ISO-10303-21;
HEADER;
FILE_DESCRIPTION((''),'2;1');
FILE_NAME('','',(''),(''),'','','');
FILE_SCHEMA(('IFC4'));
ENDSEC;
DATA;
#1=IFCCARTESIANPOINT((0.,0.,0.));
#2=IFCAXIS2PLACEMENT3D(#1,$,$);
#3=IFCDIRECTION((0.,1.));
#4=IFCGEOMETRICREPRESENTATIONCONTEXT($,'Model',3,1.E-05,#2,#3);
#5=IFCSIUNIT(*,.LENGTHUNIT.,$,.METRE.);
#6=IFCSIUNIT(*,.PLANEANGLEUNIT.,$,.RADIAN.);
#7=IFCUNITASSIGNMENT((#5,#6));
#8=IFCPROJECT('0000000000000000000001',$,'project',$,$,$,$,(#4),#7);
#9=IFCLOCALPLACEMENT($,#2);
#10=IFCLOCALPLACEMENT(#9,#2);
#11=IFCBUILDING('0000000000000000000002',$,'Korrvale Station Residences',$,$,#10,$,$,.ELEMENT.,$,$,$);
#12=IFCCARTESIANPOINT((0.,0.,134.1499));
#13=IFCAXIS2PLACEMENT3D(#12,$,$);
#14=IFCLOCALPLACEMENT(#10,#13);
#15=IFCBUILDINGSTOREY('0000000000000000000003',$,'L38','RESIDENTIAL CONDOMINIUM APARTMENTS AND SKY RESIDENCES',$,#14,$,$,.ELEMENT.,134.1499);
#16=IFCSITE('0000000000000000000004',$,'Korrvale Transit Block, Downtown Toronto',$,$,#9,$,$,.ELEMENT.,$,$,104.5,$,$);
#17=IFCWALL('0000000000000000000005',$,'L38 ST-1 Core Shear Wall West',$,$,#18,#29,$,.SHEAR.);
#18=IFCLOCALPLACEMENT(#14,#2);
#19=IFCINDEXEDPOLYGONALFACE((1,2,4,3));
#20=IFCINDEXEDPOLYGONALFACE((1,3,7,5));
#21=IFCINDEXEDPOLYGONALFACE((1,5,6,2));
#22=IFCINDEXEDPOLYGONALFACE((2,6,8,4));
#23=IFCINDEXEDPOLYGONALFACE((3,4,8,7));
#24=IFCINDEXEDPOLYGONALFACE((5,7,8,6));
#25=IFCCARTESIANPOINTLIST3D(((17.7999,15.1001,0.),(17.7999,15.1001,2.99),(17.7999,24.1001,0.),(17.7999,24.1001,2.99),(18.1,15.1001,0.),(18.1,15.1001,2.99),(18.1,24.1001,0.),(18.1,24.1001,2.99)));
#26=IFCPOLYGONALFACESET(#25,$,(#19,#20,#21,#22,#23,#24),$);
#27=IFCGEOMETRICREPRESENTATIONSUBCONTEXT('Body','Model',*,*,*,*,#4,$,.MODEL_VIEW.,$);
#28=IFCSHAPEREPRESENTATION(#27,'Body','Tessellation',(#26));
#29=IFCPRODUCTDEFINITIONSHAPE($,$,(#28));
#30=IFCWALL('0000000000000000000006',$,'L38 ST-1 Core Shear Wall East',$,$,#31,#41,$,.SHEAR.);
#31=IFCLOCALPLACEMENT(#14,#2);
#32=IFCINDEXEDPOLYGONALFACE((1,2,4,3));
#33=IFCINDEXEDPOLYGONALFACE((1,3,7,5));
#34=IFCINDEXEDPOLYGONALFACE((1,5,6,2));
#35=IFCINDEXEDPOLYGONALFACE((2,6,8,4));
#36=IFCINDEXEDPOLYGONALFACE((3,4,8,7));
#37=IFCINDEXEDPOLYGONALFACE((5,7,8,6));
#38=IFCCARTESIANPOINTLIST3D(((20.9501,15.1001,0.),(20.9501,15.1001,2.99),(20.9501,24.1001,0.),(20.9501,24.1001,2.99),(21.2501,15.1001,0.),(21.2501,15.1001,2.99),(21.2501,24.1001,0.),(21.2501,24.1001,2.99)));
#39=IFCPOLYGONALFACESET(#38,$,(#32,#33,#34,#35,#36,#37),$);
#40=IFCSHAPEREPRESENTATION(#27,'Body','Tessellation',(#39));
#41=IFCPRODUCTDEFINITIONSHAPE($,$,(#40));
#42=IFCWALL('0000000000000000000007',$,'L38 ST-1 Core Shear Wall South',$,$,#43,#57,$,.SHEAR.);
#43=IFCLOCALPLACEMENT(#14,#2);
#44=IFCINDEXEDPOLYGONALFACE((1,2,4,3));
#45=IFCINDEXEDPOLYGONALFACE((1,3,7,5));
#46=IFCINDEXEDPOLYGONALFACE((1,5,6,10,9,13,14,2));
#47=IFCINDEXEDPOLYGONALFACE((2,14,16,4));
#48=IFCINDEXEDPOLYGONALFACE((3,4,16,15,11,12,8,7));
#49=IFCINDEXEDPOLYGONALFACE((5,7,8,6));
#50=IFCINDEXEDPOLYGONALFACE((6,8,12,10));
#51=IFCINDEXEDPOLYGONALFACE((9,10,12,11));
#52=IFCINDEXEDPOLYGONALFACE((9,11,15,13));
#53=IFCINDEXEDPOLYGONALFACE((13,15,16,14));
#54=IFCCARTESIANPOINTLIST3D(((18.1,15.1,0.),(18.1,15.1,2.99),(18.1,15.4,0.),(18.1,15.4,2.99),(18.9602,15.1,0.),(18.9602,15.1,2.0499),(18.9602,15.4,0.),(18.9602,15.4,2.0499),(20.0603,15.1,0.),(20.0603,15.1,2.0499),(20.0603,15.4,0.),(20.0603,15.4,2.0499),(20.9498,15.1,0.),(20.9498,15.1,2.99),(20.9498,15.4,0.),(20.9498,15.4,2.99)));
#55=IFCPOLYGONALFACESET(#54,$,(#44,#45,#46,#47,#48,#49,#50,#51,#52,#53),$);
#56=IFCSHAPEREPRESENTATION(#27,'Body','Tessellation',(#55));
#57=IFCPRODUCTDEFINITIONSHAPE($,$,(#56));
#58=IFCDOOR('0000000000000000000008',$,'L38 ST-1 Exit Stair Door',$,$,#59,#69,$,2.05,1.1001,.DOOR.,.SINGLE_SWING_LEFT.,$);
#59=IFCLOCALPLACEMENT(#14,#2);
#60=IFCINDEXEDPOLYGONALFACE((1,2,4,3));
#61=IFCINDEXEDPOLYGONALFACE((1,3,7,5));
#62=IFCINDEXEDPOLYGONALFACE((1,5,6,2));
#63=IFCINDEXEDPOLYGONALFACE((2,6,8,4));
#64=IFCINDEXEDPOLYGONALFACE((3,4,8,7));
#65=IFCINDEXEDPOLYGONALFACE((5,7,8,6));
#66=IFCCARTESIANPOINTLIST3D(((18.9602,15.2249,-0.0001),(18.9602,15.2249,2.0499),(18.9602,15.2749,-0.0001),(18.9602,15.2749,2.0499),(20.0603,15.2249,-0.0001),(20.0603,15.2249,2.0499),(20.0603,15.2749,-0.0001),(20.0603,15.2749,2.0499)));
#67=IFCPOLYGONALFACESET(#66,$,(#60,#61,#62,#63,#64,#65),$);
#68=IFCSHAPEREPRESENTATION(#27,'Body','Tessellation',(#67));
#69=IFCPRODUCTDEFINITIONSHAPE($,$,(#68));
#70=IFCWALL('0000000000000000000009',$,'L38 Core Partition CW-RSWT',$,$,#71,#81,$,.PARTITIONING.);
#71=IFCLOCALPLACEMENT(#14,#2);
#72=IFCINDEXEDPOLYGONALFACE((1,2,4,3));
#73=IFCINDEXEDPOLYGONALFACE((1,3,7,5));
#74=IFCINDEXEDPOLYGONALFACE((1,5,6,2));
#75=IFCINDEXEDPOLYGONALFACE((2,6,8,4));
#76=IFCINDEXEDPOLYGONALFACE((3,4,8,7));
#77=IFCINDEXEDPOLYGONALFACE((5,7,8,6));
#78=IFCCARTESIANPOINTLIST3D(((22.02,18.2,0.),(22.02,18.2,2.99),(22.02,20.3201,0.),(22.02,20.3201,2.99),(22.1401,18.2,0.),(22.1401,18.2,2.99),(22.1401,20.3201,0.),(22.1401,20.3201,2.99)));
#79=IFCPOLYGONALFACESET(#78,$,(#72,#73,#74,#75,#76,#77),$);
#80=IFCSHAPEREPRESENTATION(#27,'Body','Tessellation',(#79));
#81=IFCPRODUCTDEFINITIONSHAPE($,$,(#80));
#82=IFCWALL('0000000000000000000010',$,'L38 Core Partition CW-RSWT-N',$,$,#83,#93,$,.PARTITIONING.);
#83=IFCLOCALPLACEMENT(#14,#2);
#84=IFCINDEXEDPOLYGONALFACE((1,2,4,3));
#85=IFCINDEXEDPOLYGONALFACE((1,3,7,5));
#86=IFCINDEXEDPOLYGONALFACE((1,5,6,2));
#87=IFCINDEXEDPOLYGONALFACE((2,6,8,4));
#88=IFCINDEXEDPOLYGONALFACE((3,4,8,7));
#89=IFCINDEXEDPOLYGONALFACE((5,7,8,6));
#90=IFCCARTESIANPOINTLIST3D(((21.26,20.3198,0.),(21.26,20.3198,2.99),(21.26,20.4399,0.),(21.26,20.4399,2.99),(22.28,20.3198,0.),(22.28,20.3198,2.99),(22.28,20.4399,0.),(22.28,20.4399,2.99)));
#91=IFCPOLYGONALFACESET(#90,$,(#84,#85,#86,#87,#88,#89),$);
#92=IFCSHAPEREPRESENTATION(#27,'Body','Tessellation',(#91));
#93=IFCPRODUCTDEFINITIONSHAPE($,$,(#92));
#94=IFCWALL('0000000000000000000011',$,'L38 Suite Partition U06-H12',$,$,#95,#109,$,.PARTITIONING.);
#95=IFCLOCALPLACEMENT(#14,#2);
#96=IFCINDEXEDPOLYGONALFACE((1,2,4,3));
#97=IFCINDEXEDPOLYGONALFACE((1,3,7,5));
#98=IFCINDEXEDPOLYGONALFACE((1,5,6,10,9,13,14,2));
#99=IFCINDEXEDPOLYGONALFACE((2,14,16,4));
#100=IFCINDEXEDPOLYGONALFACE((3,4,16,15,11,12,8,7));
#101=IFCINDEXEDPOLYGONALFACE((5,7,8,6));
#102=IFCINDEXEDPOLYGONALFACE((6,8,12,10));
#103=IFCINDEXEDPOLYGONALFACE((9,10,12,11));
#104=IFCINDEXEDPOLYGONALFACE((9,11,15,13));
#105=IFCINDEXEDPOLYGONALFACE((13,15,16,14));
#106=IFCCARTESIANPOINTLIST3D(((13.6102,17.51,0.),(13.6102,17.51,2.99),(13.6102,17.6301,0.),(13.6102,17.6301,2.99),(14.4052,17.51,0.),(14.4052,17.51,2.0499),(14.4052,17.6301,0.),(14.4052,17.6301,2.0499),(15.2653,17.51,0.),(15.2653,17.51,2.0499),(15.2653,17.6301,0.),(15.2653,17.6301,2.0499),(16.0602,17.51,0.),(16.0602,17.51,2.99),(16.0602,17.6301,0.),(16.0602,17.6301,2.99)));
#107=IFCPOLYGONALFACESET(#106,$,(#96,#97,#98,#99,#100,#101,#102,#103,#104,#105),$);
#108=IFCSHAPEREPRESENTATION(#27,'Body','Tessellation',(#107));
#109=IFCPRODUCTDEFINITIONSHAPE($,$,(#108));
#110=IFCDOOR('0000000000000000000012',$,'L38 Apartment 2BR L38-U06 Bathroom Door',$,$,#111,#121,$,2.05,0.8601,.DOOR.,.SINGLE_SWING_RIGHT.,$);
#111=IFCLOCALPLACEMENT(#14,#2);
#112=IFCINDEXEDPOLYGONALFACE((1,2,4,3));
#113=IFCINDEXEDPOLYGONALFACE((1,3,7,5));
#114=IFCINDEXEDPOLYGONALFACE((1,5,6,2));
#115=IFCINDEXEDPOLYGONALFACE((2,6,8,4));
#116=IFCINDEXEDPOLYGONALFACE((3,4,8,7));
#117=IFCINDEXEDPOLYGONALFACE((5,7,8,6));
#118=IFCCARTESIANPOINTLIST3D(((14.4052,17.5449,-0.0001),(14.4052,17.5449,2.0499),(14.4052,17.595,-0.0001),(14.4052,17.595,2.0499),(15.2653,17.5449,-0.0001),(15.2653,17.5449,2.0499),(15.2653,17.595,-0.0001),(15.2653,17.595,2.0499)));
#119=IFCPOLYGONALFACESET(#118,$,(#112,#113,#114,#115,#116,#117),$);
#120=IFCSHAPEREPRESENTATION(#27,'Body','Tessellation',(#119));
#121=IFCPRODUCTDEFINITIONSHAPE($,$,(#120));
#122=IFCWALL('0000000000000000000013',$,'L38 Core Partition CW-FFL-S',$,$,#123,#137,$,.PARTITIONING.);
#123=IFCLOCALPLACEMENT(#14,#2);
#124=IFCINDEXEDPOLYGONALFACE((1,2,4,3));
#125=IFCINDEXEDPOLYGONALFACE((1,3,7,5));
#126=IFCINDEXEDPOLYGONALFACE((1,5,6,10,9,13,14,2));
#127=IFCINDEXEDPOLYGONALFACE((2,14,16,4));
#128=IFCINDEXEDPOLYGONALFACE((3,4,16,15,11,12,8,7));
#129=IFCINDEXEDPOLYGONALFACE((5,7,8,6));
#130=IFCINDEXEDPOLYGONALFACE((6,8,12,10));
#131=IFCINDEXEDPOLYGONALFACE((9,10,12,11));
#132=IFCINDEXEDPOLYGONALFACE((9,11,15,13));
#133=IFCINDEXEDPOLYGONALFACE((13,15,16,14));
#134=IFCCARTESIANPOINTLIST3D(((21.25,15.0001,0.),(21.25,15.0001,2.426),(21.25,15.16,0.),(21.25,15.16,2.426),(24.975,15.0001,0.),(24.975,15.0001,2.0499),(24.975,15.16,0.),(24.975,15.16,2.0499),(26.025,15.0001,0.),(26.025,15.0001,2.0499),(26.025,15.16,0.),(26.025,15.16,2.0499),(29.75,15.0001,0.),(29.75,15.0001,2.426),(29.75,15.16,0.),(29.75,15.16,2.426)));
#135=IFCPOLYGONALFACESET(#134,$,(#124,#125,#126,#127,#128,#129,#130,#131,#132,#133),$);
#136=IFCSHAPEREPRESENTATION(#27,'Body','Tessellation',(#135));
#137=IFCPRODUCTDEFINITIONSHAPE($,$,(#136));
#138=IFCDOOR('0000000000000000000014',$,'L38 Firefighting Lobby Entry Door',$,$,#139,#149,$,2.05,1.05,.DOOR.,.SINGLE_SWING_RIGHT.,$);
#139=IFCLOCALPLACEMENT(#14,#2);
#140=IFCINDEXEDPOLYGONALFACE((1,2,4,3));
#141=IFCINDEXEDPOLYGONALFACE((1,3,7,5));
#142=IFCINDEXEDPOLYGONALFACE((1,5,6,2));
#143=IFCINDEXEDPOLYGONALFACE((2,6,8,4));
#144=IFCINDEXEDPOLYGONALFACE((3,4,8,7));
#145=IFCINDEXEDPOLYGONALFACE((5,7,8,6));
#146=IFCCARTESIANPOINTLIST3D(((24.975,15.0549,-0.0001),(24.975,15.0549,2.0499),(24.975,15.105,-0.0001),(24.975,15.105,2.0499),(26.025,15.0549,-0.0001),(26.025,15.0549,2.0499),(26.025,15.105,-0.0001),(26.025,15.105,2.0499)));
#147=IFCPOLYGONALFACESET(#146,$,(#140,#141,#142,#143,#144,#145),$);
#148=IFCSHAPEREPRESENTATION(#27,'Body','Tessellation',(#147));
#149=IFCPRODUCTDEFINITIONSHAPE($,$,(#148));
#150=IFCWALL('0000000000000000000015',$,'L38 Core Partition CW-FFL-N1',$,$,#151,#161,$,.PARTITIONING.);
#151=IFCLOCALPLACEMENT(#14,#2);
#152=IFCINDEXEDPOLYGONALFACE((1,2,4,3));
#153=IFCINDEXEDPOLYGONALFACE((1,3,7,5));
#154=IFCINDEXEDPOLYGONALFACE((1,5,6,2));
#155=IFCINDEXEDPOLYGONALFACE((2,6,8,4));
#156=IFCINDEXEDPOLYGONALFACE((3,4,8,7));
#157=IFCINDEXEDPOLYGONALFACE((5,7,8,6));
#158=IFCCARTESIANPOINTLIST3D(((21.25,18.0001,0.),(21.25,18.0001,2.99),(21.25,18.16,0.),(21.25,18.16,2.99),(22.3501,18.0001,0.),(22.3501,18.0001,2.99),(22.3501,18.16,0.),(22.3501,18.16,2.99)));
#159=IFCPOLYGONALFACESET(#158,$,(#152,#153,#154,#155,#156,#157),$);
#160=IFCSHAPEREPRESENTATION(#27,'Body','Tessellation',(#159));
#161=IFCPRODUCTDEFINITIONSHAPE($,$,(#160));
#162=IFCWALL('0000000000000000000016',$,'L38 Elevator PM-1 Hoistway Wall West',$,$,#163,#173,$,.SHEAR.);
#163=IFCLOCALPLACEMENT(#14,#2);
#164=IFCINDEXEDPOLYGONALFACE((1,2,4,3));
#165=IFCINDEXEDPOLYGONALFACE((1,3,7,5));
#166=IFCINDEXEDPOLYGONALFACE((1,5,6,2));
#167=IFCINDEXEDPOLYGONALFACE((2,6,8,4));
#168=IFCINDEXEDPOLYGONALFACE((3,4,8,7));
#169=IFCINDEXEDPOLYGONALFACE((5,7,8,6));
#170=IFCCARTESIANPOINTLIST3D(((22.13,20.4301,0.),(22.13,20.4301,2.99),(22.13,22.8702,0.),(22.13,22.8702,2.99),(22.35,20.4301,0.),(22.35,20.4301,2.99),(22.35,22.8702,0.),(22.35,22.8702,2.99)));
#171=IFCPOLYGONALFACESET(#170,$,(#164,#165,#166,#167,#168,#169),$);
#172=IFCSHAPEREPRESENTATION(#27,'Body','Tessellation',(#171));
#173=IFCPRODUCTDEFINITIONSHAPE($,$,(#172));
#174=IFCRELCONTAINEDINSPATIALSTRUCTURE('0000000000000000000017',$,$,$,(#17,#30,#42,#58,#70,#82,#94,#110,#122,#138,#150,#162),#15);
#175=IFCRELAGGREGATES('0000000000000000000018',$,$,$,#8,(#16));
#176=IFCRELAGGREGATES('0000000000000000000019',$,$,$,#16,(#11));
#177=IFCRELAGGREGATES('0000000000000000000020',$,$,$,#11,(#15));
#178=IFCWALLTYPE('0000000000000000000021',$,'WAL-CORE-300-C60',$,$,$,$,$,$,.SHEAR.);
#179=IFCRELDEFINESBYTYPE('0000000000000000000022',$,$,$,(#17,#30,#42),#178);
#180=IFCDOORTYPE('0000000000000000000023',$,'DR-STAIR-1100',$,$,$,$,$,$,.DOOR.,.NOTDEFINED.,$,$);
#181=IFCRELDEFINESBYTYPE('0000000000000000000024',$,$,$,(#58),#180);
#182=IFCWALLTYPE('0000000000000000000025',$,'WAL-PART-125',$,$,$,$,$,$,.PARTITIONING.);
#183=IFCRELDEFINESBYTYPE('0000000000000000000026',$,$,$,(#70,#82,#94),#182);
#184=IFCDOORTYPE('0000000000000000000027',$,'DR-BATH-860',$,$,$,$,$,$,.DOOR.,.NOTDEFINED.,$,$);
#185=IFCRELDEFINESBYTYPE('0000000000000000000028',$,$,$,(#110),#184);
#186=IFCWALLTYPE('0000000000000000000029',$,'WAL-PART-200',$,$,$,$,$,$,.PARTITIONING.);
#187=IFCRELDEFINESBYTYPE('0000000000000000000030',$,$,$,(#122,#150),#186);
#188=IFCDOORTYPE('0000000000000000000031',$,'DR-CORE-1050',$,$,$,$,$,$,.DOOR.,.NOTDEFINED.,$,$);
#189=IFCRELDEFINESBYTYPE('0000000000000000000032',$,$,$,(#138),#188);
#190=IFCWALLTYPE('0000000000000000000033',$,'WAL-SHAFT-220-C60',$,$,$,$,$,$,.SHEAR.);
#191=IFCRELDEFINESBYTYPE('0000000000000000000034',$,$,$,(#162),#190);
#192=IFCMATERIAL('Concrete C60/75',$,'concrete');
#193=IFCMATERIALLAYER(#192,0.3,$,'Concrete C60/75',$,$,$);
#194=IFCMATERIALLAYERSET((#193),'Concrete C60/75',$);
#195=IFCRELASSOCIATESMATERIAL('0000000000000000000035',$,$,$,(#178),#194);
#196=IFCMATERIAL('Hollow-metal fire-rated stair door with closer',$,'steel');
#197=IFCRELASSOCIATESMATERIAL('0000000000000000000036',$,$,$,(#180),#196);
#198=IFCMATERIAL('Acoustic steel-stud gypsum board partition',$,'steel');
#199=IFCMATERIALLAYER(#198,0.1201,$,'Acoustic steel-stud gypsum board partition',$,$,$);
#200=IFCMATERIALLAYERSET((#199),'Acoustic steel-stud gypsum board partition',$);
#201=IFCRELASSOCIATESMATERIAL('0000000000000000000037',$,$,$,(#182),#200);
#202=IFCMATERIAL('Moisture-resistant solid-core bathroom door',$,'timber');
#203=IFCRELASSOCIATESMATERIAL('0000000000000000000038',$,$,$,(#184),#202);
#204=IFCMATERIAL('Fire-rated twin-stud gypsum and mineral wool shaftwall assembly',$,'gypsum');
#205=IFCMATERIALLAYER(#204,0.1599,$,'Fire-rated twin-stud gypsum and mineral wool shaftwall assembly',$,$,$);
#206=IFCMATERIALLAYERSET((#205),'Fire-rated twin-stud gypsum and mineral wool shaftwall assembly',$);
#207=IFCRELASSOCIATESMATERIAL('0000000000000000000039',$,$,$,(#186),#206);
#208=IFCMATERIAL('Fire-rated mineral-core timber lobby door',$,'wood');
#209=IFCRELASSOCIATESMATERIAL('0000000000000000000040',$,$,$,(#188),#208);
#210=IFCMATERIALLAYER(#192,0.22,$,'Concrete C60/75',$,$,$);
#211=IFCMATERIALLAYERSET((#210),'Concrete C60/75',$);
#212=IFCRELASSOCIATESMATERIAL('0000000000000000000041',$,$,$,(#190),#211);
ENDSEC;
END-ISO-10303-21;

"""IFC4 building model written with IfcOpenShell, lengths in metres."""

from ifc_helpers import new_model, si_unit, direction, frame, frame_2d, origin, place, context, subcontext, project, spatial, rectangle, extrude, material, layer, layer_set, type_object, element, fill, save


model = new_model("IFC4")

# Units and contexts
model_context = context("Model", 3, precision=1e-05, world=origin(), true_north=direction((0.0, 1.0)))
body_context = subcontext(model_context, "Body", "Model", "MODEL_VIEW")
ifc_project = project(units=[si_unit("LENGTHUNIT", "METRE"), si_unit("PLANEANGLEUNIT", "RADIAN")], contexts=[model_context])

# Site, building, storey
site_placement = place(None, origin())
site = spatial("IfcSite", under=ifc_project, at=site_placement, Name="Korrvale Transit Block, Downtown Toronto", CompositionType="ELEMENT", RefElevation=104.5)
building_placement = place(site_placement, origin())
building = spatial("IfcBuilding", under=site, at=building_placement, Name="Korrvale Station Residences", CompositionType="ELEMENT")
storey_placement = place(building_placement, frame((0.0, 0.0, 134.1499)))
storey = spatial("IfcBuildingStorey", under=building, at=storey_placement, Name="L38", Description="RESIDENTIAL CONDOMINIUM APARTMENTS AND SKY RESIDENCES", CompositionType="ELEMENT", Elevation=134.1499)

# Walls
ifc_material_1 = material(Name="Concrete C60/75", Category="concrete")
ifc_layer_1 = layer(ifc_material_1, 0.3, Name="Concrete C60/75")
ifc_layer_set_1 = layer_set([ifc_layer_1], Name="Concrete C60/75")
wall_type_1 = type_object("IfcWallType", Name="WAL-CORE-300-C60", PredefinedType="SHEAR", material=ifc_layer_set_1)
for number, where, z_axis, x_axis, name in (
    (1, (17.95, 15.1001, 0.0), (0.0, 0.0, 1.0), (0.0, 1.0, 0.0), "L38 ST-1 Core Shear Wall West"),
    (2, (21.1001, 15.1001, 0.0), (0.0, 0.0, 1.0), (0.0, 1.0, 0.0), "L38 ST-1 Core Shear Wall East"),
):
    element("IfcWall", number, at=place(storey_placement, frame(where, z_axis=z_axis, x_axis=x_axis)), inside=storey, type_object=wall_type_1, Name=name, PredefinedType="SHEAR", context=body_context, shape_type="SweptSolid", body=[
        extrude(rectangle(XDim=9.0, YDim=0.3, at=frame_2d((4.5, 0.0))), origin(), (0.0, 0.0, 1.0), 2.99),
    ])

# Wall, opening, door
wall_1_placement = place(storey_placement, frame((18.1001, 15.25, 0.0), z_axis=(0.0, 0.0, 1.0), x_axis=(1.0, 0.0, 0.0)))
wall_1 = element("IfcWall", 3, at=wall_1_placement, inside=storey, type_object=wall_type_1, Name="L38 ST-1 Core Shear Wall South", PredefinedType="SHEAR", context=body_context, shape_type="SweptSolid", body=[
    extrude(rectangle(XDim=2.8499, YDim=0.3, at=frame_2d((1.4248, 0.0))), origin(), (0.0, 0.0, 1.0), 2.99),
])
opening_1_placement = place(wall_1_placement, frame((0.8601, 0.0, 0.0)))
opening_1 = element("IfcOpeningElement", 4, at=opening_1_placement, cuts=wall_1, PredefinedType="OPENING", context=body_context, shape_type="SweptSolid", body=[
    extrude(rectangle(XDim=1.1001, YDim=2.05, at=frame_2d((0.55, 1.0249))), frame((0.0, 0.1602, 0.0), z_axis=(0.0, -1.0, 0.0), x_axis=(1.0, 0.0, 0.0)), (0.0, 0.0, 1.0), 0.3201),
])
ifc_material_2 = material(Name="Hollow-metal fire-rated stair door with closer", Category="steel")
door_type_1 = type_object("IfcDoorType", Name="DR-STAIR-1100", OperationType="NOTDEFINED", PredefinedType="DOOR", material=ifc_material_2)
door_1_placement = place(opening_1_placement, origin())
door_1 = element("IfcDoor", 5, at=door_1_placement, inside=storey, type_object=door_type_1, Name="L38 ST-1 Exit Stair Door", OperationType="SINGLE_SWING_LEFT", OverallHeight=2.05, OverallWidth=1.1001, PredefinedType="DOOR", context=body_context, shape_type="SweptSolid", body=[
    extrude(rectangle(XDim=1.1001, YDim=2.05, at=frame_2d((0.55, 1.0249))), frame((0.0, 0.0249, 0.0), z_axis=(0.0, -1.0, 0.0), x_axis=(1.0, 0.0, 0.0)), (0.0, 0.0, 1.0), 0.05),
])
fill(opening_1, door_1)

# Walls
ifc_material_3 = material(Name="Acoustic steel-stud gypsum board partition", Category="steel")
ifc_layer_2 = layer(ifc_material_3, 0.1201, Name="Acoustic steel-stud gypsum board partition")
ifc_layer_set_2 = layer_set([ifc_layer_2], Name="Acoustic steel-stud gypsum board partition")
wall_type_2 = type_object("IfcWallType", Name="WAL-PART-125", PredefinedType="PARTITIONING", material=ifc_layer_set_2)
wall_2_placement = place(storey_placement, frame((22.0801, 18.2, 0.0), z_axis=(0.0, 0.0, 1.0), x_axis=(0.0, 1.0, 0.0)))
element("IfcWall", 6, at=wall_2_placement, inside=storey, type_object=wall_type_2, Name="L38 Core Partition CW-RSWT", PredefinedType="PARTITIONING", context=body_context, shape_type="SweptSolid", body=[
    extrude(rectangle(XDim=2.1201, YDim=0.1201, at=frame_2d((1.0601, 0.0))), origin(), (0.0, 0.0, 1.0), 2.99),
])
wall_3_placement = place(storey_placement, frame((22.28, 20.3799, 0.0), z_axis=(0.0, 0.0, 1.0), x_axis=(-1.0, 0.0, 0.0)))
element("IfcWall", 7, at=wall_3_placement, inside=storey, type_object=wall_type_2, Name="L38 Core Partition CW-RSWT-N", PredefinedType="PARTITIONING", context=body_context, shape_type="SweptSolid", body=[
    extrude(rectangle(XDim=1.02, YDim=0.1201, at=frame_2d((0.51, 0.0))), origin(), (0.0, 0.0, 1.0), 2.99),
])

# Walls, openings, doors
wall_4_placement = place(storey_placement, frame((13.6101, 17.5701, 0.0), z_axis=(0.0, 0.0, 1.0), x_axis=(1.0, 0.0, 0.0)))
wall_4 = element("IfcWall", 8, at=wall_4_placement, inside=storey, type_object=wall_type_2, Name="L38 Suite Partition U06-H12", PredefinedType="PARTITIONING", context=body_context, shape_type="SweptSolid", body=[
    extrude(rectangle(XDim=2.45, YDim=0.1201, at=frame_2d((1.2251, 0.0))), origin(), (0.0, 0.0, 1.0), 2.99),
])
opening_2_placement = place(wall_4_placement, frame((0.7949, 0.0, 0.0)))
opening_2 = element("IfcOpeningElement", 9, at=opening_2_placement, cuts=wall_4, PredefinedType="OPENING", context=body_context, shape_type="SweptSolid", body=[
    extrude(rectangle(XDim=0.8601, YDim=2.05, at=frame_2d((0.4302, 1.0249))), frame((0.0, 0.0701, 0.0), z_axis=(0.0, -1.0, 0.0), x_axis=(1.0, 0.0, 0.0)), (0.0, 0.0, 1.0), 0.1401),
])
ifc_material_4 = material(Name="Moisture-resistant solid-core bathroom door", Category="timber")
door_type_2 = type_object("IfcDoorType", Name="DR-BATH-860", OperationType="NOTDEFINED", PredefinedType="DOOR", material=ifc_material_4)
door_2_placement = place(opening_2_placement, origin())
door_2 = element("IfcDoor", 10, at=door_2_placement, inside=storey, type_object=door_type_2, Name="L38 Apartment 2BR L38-U06 Bathroom Door", OperationType="SINGLE_SWING_RIGHT", OverallHeight=2.05, OverallWidth=0.8601, PredefinedType="DOOR", context=body_context, shape_type="SweptSolid", body=[
    extrude(rectangle(XDim=0.8601, YDim=2.05, at=frame_2d((0.4302, 1.0249))), frame((0.0, 0.0249, 0.0), z_axis=(0.0, -1.0, 0.0), x_axis=(1.0, 0.0, 0.0)), (0.0, 0.0, 1.0), 0.05),
])
fill(opening_2, door_2)
ifc_material_5 = material(Name="Fire-rated twin-stud gypsum and mineral wool shaftwall assembly", Category="gypsum")
ifc_layer_3 = layer(ifc_material_5, 0.1599, Name="Fire-rated twin-stud gypsum and mineral wool shaftwall assembly")
ifc_layer_set_3 = layer_set([ifc_layer_3], Name="Fire-rated twin-stud gypsum and mineral wool shaftwall assembly")
wall_type_3 = type_object("IfcWallType", Name="WAL-PART-200", PredefinedType="PARTITIONING", material=ifc_layer_set_3)
wall_5_placement = place(storey_placement, frame((21.25, 15.0801, 0.0), z_axis=(0.0, 0.0, 1.0), x_axis=(1.0, 0.0, 0.0)))
wall_5 = element("IfcWall", 11, at=wall_5_placement, inside=storey, type_object=wall_type_3, Name="L38 Core Partition CW-FFL-S", PredefinedType="PARTITIONING", context=body_context, shape_type="SweptSolid", body=[
    extrude(rectangle(XDim=8.5, YDim=0.1599, at=frame_2d((4.25, 0.0))), origin(), (0.0, 0.0, 1.0), 2.426),
])
opening_3_placement = place(wall_5_placement, frame((3.7251, 0.0, 0.0)))
opening_3 = element("IfcOpeningElement", 12, at=opening_3_placement, cuts=wall_5, PredefinedType="OPENING", context=body_context, shape_type="SweptSolid", body=[
    extrude(rectangle(XDim=1.05, YDim=2.05, at=frame_2d((0.5249, 1.0249))), frame((0.0, 0.0898, 0.0), z_axis=(0.0, -1.0, 0.0), x_axis=(1.0, 0.0, 0.0)), (0.0, 0.0, 1.0), 0.1799),
])
ifc_material_6 = material(Name="Fire-rated mineral-core timber lobby door", Category="wood")
door_type_3 = type_object("IfcDoorType", Name="DR-CORE-1050", OperationType="NOTDEFINED", PredefinedType="DOOR", material=ifc_material_6)
door_3_placement = place(opening_3_placement, origin())
door_3 = element("IfcDoor", 13, at=door_3_placement, inside=storey, type_object=door_type_3, Name="L38 Firefighting Lobby Entry Door", OperationType="SINGLE_SWING_RIGHT", OverallHeight=2.05, OverallWidth=1.05, PredefinedType="DOOR", context=body_context, shape_type="SweptSolid", body=[
    extrude(rectangle(XDim=1.05, YDim=2.05, at=frame_2d((0.5249, 1.0249))), frame((0.0, 0.0249, 0.0), z_axis=(0.0, -1.0, 0.0), x_axis=(1.0, 0.0, 0.0)), (0.0, 0.0, 1.0), 0.05),
])
fill(opening_3, door_3)

# Walls
wall_6_placement = place(storey_placement, frame((21.25, 18.0801, 0.0), z_axis=(0.0, 0.0, 1.0), x_axis=(1.0, 0.0, 0.0)))
element("IfcWall", 14, at=wall_6_placement, inside=storey, type_object=wall_type_3, Name="L38 Core Partition CW-FFL-N1", PredefinedType="PARTITIONING", context=body_context, shape_type="SweptSolid", body=[
    extrude(rectangle(XDim=1.1001, YDim=0.1599, at=frame_2d((0.55, 0.0))), origin(), (0.0, 0.0, 1.0), 2.99),
])
ifc_layer_4 = layer(ifc_material_1, 0.22, Name="Concrete C60/75")
ifc_layer_set_4 = layer_set([ifc_layer_4], Name="Concrete C60/75")
wall_type_4 = type_object("IfcWallType", Name="WAL-SHAFT-220-C60", PredefinedType="SHEAR", material=ifc_layer_set_4)
wall_7_placement = place(storey_placement, frame((22.24, 20.4299, 0.0), z_axis=(0.0, 0.0, 1.0), x_axis=(0.0, 1.0, 0.0)))
element("IfcWall", 15, at=wall_7_placement, inside=storey, type_object=wall_type_4, Name="L38 Elevator PM-1 Hoistway Wall West", PredefinedType="SHEAR", context=body_context, shape_type="SweptSolid", body=[
    extrude(rectangle(XDim=2.4402, YDim=0.22, at=frame_2d((1.2202, 0.0))), origin(), (0.0, 0.0, 1.0), 2.99),
])

save(model, "model.ifc")
